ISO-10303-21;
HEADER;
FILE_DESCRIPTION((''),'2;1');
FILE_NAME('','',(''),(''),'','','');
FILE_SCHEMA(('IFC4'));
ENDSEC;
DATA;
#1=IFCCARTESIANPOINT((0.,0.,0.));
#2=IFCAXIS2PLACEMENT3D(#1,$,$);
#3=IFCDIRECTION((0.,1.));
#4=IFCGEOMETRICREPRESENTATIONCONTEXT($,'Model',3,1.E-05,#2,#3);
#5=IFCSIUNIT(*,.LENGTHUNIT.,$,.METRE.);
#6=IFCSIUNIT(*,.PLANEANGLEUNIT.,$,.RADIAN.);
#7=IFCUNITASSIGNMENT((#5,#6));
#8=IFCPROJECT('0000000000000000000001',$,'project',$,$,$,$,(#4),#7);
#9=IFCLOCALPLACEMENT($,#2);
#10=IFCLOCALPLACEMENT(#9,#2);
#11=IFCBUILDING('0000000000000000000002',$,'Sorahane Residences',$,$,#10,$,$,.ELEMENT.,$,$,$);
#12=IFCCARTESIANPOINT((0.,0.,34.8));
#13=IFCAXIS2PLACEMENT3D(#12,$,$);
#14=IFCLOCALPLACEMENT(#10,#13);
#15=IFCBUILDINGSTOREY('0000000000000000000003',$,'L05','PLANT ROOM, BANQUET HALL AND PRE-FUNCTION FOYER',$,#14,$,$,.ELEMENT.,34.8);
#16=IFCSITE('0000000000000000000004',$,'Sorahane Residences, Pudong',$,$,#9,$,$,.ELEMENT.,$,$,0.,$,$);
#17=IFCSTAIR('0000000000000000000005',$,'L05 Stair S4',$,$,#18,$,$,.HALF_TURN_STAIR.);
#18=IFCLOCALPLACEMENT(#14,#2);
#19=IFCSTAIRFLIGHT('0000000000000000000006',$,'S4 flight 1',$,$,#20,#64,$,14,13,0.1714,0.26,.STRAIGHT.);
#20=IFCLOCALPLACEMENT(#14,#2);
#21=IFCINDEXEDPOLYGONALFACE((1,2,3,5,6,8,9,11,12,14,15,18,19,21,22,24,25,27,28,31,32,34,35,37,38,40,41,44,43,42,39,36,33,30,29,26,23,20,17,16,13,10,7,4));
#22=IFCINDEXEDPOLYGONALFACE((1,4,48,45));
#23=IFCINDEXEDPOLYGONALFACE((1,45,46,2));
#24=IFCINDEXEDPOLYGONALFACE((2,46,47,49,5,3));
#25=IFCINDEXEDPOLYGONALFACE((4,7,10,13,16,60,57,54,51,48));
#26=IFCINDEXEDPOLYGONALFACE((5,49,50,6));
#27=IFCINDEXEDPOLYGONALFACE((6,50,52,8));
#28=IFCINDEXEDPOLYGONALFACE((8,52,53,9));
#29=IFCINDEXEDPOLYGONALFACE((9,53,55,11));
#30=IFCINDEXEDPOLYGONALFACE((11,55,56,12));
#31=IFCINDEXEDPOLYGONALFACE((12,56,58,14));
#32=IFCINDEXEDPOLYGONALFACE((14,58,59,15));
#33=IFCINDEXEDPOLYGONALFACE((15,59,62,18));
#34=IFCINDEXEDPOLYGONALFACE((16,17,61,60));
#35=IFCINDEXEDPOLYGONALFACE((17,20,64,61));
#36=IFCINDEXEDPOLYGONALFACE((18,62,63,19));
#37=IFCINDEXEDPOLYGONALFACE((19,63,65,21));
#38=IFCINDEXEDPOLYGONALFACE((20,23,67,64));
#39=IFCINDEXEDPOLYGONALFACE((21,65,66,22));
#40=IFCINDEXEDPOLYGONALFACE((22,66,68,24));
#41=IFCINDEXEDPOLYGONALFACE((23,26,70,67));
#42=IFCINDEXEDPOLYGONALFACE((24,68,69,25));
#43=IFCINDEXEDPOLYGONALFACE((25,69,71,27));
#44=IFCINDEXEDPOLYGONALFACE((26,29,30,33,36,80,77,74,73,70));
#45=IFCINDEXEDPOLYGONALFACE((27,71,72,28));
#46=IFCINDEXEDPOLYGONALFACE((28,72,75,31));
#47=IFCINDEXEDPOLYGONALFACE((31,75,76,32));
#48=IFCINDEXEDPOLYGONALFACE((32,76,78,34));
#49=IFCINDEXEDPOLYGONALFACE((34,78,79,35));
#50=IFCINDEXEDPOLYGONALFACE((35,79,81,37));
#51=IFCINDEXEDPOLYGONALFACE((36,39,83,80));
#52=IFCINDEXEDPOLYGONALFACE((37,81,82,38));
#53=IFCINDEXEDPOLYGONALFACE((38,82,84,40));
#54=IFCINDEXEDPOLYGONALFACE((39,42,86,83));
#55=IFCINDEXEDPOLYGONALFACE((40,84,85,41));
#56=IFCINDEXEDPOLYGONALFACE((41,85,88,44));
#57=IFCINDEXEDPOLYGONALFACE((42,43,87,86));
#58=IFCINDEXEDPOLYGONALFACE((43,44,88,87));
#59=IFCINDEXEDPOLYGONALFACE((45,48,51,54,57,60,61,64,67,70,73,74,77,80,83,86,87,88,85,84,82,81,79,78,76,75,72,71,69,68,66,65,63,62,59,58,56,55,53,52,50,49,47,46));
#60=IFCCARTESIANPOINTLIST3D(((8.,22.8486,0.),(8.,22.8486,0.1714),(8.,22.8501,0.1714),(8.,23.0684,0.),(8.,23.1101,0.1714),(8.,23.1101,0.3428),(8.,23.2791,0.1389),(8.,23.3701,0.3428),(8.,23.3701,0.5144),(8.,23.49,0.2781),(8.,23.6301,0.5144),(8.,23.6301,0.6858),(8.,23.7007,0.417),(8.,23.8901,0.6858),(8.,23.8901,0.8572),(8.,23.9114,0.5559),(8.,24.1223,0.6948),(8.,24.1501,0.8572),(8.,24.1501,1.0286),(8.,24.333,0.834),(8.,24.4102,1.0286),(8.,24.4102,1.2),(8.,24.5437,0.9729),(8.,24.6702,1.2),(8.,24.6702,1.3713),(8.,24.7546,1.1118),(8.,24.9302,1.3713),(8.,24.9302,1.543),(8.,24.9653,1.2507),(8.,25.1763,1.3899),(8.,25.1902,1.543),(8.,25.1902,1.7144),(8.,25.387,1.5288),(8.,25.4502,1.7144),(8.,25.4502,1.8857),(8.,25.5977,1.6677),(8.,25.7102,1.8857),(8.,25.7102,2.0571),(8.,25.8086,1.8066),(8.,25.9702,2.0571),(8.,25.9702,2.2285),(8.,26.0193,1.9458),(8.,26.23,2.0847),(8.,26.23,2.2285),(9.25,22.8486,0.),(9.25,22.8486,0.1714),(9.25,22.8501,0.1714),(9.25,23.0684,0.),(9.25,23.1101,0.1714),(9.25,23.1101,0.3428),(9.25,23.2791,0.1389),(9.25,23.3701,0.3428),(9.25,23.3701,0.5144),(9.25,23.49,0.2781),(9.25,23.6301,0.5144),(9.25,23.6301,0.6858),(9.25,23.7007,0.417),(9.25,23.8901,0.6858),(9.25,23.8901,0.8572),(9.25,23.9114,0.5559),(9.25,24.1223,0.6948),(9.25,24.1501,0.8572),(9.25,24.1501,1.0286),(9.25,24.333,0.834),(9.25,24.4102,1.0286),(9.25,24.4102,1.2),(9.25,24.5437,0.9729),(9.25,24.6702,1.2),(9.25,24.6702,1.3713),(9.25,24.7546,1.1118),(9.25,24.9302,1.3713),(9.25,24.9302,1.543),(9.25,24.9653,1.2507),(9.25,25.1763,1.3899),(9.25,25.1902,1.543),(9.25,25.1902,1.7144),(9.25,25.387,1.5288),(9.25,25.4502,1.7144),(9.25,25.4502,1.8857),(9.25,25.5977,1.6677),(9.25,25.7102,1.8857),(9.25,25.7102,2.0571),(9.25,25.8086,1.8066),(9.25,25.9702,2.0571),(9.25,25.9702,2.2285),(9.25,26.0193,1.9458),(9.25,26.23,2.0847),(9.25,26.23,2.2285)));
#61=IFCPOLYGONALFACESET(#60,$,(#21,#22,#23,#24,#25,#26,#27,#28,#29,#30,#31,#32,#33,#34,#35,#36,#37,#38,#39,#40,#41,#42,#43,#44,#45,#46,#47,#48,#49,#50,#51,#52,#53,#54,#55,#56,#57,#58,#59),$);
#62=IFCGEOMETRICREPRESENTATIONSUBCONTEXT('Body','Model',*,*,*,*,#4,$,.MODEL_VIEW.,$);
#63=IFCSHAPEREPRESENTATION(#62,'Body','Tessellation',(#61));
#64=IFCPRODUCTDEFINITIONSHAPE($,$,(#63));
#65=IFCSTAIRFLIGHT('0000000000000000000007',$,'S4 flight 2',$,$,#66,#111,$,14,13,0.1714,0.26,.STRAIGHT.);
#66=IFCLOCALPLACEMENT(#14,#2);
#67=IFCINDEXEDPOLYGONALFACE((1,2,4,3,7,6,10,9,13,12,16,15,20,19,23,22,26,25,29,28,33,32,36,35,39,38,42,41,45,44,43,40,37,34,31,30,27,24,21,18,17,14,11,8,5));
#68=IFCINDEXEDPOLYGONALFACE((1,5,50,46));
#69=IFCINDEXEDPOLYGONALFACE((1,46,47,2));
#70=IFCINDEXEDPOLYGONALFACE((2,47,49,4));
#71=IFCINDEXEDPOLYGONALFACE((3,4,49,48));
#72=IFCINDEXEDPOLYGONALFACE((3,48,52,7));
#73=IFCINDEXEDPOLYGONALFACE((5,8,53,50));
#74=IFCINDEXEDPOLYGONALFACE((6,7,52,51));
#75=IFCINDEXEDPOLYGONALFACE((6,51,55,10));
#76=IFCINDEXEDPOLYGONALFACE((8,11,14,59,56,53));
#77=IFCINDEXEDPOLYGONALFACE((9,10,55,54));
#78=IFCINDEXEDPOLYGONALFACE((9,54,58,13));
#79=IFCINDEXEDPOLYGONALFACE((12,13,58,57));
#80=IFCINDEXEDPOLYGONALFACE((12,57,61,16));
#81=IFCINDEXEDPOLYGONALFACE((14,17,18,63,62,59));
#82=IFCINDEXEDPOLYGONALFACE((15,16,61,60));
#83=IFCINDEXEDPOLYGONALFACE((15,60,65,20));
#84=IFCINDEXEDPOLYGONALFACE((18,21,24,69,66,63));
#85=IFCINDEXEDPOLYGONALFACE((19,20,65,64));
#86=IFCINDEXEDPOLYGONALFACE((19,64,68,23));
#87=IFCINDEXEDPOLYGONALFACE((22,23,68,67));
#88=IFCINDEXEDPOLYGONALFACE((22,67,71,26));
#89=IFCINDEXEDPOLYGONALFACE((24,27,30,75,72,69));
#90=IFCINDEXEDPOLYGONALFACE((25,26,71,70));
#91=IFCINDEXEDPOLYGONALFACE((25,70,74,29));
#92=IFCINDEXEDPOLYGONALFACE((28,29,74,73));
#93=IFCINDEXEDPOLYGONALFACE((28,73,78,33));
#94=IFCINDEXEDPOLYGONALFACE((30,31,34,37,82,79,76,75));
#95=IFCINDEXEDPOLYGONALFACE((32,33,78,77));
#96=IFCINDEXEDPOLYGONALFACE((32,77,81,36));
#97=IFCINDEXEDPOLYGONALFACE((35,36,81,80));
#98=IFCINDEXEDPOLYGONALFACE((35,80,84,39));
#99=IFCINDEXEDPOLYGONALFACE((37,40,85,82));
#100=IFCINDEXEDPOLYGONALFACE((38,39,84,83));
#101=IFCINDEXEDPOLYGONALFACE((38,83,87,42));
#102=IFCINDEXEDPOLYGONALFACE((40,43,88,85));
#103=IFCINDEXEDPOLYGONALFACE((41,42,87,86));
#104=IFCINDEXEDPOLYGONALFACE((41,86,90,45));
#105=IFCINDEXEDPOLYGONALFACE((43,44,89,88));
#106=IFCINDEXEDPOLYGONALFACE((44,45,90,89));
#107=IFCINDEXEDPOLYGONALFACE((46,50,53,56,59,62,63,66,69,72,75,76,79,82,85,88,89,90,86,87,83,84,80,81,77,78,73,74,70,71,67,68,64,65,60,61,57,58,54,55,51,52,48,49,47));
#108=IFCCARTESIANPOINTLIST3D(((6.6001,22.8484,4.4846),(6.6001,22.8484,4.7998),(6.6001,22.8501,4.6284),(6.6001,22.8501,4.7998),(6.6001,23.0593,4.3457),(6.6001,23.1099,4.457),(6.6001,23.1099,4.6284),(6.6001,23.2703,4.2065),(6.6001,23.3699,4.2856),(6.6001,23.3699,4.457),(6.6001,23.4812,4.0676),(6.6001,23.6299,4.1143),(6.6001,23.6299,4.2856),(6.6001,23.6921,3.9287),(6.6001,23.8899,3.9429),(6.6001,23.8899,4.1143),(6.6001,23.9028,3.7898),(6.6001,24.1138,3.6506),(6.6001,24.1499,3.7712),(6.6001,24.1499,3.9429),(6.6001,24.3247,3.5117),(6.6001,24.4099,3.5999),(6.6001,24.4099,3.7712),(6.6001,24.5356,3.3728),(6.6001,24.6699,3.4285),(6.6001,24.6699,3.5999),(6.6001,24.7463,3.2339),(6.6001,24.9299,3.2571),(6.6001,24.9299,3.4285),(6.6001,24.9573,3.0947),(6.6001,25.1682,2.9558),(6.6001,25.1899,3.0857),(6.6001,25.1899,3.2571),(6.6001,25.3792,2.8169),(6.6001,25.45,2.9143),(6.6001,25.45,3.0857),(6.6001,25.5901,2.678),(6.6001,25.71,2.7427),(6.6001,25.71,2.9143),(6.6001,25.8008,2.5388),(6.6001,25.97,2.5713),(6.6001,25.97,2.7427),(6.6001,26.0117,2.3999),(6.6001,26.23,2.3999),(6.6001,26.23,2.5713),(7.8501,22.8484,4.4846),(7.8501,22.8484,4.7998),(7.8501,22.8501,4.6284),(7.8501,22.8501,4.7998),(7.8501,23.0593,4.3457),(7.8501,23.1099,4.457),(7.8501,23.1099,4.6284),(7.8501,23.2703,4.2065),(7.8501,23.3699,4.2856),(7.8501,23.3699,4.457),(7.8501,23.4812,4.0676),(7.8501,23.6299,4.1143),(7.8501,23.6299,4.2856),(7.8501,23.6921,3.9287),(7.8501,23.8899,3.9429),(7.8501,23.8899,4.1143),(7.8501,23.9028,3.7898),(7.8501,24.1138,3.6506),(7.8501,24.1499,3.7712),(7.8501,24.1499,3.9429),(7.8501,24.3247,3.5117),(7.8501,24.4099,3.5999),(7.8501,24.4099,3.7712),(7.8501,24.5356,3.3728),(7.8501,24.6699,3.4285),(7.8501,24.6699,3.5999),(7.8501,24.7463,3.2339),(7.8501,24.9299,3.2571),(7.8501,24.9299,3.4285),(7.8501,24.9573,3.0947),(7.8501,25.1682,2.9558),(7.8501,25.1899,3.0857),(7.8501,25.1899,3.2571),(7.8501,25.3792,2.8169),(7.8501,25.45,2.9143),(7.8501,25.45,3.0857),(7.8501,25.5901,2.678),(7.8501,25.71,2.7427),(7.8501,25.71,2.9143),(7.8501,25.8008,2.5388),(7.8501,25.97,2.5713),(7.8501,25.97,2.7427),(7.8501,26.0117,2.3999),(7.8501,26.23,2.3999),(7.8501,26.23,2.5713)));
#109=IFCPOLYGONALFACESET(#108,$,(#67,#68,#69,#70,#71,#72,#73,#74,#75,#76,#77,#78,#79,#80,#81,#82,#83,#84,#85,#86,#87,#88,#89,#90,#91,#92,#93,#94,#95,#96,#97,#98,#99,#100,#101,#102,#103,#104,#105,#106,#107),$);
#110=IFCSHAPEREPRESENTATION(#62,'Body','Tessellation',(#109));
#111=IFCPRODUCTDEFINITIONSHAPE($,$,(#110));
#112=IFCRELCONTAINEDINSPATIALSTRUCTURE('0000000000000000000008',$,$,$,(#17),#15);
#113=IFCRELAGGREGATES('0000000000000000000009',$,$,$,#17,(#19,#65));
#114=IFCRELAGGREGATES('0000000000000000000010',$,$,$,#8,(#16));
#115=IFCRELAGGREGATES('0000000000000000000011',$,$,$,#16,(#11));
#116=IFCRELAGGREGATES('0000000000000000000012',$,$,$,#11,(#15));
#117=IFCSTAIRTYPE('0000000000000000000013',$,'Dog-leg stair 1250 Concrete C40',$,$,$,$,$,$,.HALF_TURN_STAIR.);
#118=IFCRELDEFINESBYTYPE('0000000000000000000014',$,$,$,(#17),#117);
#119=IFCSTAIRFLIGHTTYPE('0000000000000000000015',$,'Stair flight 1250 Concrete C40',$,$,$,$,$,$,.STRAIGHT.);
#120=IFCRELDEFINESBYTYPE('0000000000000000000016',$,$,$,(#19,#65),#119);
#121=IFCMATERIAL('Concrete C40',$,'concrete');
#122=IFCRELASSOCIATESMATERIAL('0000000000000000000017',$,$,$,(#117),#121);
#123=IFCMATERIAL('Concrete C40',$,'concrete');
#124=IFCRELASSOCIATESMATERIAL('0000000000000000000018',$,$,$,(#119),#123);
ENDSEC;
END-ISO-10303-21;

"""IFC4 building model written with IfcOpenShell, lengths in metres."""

from ifc_helpers import new_model, si_unit, direction, frame, origin, place, context, subcontext, project, spatial, polyline, outline, extrude, material, type_object, element, aggregate, save


model = new_model("IFC4")

# Units and contexts
model_context = context("Model", 3, precision=1e-05, world=origin(), true_north=direction((0.0, 1.0)))
body_context = subcontext(model_context, "Body", "Model", "MODEL_VIEW")
ifc_project = project(units=[si_unit("LENGTHUNIT", "METRE"), si_unit("PLANEANGLEUNIT", "RADIAN")], contexts=[model_context])

# Site, building, storey
site_placement = place(None, origin())
site = spatial("IfcSite", under=ifc_project, at=site_placement, Name="Sorahane Residences, Pudong", CompositionType="ELEMENT", RefElevation=0.0)
building_placement = place(site_placement, origin())
building = spatial("IfcBuilding", under=site, at=building_placement, Name="Sorahane Residences", CompositionType="ELEMENT")
storey_placement = place(building_placement, frame((0.0, 0.0, 34.8)))
storey = spatial("IfcBuildingStorey", under=building, at=storey_placement, Name="L05", Description="PLANT ROOM, BANQUET HALL AND PRE-FUNCTION FOYER", CompositionType="ELEMENT", Elevation=34.8)

# Stair, stair flights
ifc_material_1 = material(Name="Concrete C40", Category="concrete")
stair_type = type_object("IfcStairType", Name="Dog-leg stair 1250 Concrete C40", PredefinedType="HALF_TURN_STAIR", material=ifc_material_1)
stair_placement = place(storey_placement, origin())
stair = element("IfcStair", 1, at=stair_placement, inside=storey, type_object=stair_type, Name="L05 Stair S4", PredefinedType="HALF_TURN_STAIR")
ifc_material_2 = material(Name="Concrete C40", Category="concrete")
stair_flight_type = type_object("IfcStairFlightType", Name="Stair flight 1250 Concrete C40", PredefinedType="STRAIGHT", material=ifc_material_2)
stair_flight_1_placement = place(storey_placement, frame((8.625, 22.8501, 0.0), z_axis=(0.0, 0.0, 1.0), x_axis=(0.0, 1.0, 0.0)))
stair_flight_1 = element("IfcStairFlight", 2, at=stair_flight_1_placement, type_object=stair_flight_type, Name="S4 flight 1", NumberOfRisers=14, NumberOfTreads=13, PredefinedType="STRAIGHT", RiserHeight=0.1714, TreadLength=0.26, context=body_context, shape_type="SweptSolid", body=[
    extrude(outline(polyline([(-0.0015, 0.0), (-0.0015, 0.1714), (0.0, 0.1714), (0.26, 0.1714), (0.26, 0.3428), (0.52, 0.3428), (0.52, 0.5144), (0.78, 0.5144), (0.78, 0.6858), (1.04, 0.6858), (1.04, 0.8572), (1.3, 0.8572), (1.3, 1.0286), (1.5601, 1.0286), (1.5601, 1.2), (1.8201, 1.2), (1.8201, 1.3713), (2.0801, 1.3713), (2.0801, 1.543), (2.3401, 1.543), (2.3401, 1.7144), (2.6001, 1.7144), (2.6001, 1.8857), (2.8601, 1.8857), (2.8601, 2.0571), (3.1201, 2.0571), (3.1201, 2.2285), (3.3799, 2.2285), (3.3799, 2.3999), (3.3799, 2.0847), (3.1692, 1.9458), (2.9585, 1.8066), (2.7476, 1.6677), (2.5369, 1.5288), (2.3262, 1.3899), (2.1152, 1.2507), (1.9045, 1.1118), (1.6936, 0.9729), (1.4829, 0.834), (1.2722, 0.6948), (1.0613, 0.5559), (0.8506, 0.417), (0.6399, 0.2781), (0.429, 0.1389), (0.2183, 0.0), (-0.0015, 0.0)])), frame((0.0, 0.625, 0.0), z_axis=(0.0, -1.0, 0.0), x_axis=(1.0, 0.0, 0.0)), (0.0, 0.0, 1.0), 1.25),
])
stair_flight_2_placement = place(storey_placement, frame((7.2251, 26.23, 2.3999), z_axis=(0.0, 0.0, 1.0), x_axis=(0.0, -1.0, 0.0)))
stair_flight_2 = element("IfcStairFlight", 3, at=stair_flight_2_placement, type_object=stair_flight_type, Name="S4 flight 2", NumberOfRisers=14, NumberOfTreads=13, PredefinedType="STRAIGHT", RiserHeight=0.1714, TreadLength=0.26, context=body_context, shape_type="SweptSolid", body=[
    extrude(outline(polyline([(0.0, 0.0), (0.0, 0.1714), (0.26, 0.1714), (0.26, 0.3428), (0.52, 0.3428), (0.52, 0.5144), (0.78, 0.5144), (0.78, 0.6858), (1.04, 0.6858), (1.04, 0.8572), (1.3, 0.8572), (1.3, 1.0286), (1.5601, 1.0286), (1.5601, 1.2), (1.8201, 1.2), (1.8201, 1.3713), (2.0801, 1.3713), (2.0801, 1.543), (2.3401, 1.543), (2.3401, 1.7144), (2.6001, 1.7144), (2.6001, 1.8857), (2.8601, 1.8857), (2.8601, 2.0571), (3.1201, 2.0571), (3.1201, 2.2285), (3.3799, 2.2285), (3.3799, 2.3999), (3.3816, 2.3999), (3.3816, 2.0847), (3.1707, 1.9458), (2.9597, 1.8066), (2.7488, 1.6677), (2.5378, 1.5288), (2.3271, 1.3899), (2.1162, 1.2507), (1.9053, 1.1118), (1.6943, 0.9729), (1.4836, 0.834), (1.2727, 0.6948), (1.0618, 0.5559), (0.8508, 0.417), (0.6399, 0.2781), (0.4292, 0.1389), (0.2183, 0.0), (0.0, 0.0)])), frame((0.0, 0.625, 0.0), z_axis=(0.0, -1.0, 0.0), x_axis=(1.0, 0.0, 0.0)), (0.0, 0.0, 1.0), 1.25),
])
aggregate(stair, [stair_flight_1, stair_flight_2])

save(model, "model.ifc")
